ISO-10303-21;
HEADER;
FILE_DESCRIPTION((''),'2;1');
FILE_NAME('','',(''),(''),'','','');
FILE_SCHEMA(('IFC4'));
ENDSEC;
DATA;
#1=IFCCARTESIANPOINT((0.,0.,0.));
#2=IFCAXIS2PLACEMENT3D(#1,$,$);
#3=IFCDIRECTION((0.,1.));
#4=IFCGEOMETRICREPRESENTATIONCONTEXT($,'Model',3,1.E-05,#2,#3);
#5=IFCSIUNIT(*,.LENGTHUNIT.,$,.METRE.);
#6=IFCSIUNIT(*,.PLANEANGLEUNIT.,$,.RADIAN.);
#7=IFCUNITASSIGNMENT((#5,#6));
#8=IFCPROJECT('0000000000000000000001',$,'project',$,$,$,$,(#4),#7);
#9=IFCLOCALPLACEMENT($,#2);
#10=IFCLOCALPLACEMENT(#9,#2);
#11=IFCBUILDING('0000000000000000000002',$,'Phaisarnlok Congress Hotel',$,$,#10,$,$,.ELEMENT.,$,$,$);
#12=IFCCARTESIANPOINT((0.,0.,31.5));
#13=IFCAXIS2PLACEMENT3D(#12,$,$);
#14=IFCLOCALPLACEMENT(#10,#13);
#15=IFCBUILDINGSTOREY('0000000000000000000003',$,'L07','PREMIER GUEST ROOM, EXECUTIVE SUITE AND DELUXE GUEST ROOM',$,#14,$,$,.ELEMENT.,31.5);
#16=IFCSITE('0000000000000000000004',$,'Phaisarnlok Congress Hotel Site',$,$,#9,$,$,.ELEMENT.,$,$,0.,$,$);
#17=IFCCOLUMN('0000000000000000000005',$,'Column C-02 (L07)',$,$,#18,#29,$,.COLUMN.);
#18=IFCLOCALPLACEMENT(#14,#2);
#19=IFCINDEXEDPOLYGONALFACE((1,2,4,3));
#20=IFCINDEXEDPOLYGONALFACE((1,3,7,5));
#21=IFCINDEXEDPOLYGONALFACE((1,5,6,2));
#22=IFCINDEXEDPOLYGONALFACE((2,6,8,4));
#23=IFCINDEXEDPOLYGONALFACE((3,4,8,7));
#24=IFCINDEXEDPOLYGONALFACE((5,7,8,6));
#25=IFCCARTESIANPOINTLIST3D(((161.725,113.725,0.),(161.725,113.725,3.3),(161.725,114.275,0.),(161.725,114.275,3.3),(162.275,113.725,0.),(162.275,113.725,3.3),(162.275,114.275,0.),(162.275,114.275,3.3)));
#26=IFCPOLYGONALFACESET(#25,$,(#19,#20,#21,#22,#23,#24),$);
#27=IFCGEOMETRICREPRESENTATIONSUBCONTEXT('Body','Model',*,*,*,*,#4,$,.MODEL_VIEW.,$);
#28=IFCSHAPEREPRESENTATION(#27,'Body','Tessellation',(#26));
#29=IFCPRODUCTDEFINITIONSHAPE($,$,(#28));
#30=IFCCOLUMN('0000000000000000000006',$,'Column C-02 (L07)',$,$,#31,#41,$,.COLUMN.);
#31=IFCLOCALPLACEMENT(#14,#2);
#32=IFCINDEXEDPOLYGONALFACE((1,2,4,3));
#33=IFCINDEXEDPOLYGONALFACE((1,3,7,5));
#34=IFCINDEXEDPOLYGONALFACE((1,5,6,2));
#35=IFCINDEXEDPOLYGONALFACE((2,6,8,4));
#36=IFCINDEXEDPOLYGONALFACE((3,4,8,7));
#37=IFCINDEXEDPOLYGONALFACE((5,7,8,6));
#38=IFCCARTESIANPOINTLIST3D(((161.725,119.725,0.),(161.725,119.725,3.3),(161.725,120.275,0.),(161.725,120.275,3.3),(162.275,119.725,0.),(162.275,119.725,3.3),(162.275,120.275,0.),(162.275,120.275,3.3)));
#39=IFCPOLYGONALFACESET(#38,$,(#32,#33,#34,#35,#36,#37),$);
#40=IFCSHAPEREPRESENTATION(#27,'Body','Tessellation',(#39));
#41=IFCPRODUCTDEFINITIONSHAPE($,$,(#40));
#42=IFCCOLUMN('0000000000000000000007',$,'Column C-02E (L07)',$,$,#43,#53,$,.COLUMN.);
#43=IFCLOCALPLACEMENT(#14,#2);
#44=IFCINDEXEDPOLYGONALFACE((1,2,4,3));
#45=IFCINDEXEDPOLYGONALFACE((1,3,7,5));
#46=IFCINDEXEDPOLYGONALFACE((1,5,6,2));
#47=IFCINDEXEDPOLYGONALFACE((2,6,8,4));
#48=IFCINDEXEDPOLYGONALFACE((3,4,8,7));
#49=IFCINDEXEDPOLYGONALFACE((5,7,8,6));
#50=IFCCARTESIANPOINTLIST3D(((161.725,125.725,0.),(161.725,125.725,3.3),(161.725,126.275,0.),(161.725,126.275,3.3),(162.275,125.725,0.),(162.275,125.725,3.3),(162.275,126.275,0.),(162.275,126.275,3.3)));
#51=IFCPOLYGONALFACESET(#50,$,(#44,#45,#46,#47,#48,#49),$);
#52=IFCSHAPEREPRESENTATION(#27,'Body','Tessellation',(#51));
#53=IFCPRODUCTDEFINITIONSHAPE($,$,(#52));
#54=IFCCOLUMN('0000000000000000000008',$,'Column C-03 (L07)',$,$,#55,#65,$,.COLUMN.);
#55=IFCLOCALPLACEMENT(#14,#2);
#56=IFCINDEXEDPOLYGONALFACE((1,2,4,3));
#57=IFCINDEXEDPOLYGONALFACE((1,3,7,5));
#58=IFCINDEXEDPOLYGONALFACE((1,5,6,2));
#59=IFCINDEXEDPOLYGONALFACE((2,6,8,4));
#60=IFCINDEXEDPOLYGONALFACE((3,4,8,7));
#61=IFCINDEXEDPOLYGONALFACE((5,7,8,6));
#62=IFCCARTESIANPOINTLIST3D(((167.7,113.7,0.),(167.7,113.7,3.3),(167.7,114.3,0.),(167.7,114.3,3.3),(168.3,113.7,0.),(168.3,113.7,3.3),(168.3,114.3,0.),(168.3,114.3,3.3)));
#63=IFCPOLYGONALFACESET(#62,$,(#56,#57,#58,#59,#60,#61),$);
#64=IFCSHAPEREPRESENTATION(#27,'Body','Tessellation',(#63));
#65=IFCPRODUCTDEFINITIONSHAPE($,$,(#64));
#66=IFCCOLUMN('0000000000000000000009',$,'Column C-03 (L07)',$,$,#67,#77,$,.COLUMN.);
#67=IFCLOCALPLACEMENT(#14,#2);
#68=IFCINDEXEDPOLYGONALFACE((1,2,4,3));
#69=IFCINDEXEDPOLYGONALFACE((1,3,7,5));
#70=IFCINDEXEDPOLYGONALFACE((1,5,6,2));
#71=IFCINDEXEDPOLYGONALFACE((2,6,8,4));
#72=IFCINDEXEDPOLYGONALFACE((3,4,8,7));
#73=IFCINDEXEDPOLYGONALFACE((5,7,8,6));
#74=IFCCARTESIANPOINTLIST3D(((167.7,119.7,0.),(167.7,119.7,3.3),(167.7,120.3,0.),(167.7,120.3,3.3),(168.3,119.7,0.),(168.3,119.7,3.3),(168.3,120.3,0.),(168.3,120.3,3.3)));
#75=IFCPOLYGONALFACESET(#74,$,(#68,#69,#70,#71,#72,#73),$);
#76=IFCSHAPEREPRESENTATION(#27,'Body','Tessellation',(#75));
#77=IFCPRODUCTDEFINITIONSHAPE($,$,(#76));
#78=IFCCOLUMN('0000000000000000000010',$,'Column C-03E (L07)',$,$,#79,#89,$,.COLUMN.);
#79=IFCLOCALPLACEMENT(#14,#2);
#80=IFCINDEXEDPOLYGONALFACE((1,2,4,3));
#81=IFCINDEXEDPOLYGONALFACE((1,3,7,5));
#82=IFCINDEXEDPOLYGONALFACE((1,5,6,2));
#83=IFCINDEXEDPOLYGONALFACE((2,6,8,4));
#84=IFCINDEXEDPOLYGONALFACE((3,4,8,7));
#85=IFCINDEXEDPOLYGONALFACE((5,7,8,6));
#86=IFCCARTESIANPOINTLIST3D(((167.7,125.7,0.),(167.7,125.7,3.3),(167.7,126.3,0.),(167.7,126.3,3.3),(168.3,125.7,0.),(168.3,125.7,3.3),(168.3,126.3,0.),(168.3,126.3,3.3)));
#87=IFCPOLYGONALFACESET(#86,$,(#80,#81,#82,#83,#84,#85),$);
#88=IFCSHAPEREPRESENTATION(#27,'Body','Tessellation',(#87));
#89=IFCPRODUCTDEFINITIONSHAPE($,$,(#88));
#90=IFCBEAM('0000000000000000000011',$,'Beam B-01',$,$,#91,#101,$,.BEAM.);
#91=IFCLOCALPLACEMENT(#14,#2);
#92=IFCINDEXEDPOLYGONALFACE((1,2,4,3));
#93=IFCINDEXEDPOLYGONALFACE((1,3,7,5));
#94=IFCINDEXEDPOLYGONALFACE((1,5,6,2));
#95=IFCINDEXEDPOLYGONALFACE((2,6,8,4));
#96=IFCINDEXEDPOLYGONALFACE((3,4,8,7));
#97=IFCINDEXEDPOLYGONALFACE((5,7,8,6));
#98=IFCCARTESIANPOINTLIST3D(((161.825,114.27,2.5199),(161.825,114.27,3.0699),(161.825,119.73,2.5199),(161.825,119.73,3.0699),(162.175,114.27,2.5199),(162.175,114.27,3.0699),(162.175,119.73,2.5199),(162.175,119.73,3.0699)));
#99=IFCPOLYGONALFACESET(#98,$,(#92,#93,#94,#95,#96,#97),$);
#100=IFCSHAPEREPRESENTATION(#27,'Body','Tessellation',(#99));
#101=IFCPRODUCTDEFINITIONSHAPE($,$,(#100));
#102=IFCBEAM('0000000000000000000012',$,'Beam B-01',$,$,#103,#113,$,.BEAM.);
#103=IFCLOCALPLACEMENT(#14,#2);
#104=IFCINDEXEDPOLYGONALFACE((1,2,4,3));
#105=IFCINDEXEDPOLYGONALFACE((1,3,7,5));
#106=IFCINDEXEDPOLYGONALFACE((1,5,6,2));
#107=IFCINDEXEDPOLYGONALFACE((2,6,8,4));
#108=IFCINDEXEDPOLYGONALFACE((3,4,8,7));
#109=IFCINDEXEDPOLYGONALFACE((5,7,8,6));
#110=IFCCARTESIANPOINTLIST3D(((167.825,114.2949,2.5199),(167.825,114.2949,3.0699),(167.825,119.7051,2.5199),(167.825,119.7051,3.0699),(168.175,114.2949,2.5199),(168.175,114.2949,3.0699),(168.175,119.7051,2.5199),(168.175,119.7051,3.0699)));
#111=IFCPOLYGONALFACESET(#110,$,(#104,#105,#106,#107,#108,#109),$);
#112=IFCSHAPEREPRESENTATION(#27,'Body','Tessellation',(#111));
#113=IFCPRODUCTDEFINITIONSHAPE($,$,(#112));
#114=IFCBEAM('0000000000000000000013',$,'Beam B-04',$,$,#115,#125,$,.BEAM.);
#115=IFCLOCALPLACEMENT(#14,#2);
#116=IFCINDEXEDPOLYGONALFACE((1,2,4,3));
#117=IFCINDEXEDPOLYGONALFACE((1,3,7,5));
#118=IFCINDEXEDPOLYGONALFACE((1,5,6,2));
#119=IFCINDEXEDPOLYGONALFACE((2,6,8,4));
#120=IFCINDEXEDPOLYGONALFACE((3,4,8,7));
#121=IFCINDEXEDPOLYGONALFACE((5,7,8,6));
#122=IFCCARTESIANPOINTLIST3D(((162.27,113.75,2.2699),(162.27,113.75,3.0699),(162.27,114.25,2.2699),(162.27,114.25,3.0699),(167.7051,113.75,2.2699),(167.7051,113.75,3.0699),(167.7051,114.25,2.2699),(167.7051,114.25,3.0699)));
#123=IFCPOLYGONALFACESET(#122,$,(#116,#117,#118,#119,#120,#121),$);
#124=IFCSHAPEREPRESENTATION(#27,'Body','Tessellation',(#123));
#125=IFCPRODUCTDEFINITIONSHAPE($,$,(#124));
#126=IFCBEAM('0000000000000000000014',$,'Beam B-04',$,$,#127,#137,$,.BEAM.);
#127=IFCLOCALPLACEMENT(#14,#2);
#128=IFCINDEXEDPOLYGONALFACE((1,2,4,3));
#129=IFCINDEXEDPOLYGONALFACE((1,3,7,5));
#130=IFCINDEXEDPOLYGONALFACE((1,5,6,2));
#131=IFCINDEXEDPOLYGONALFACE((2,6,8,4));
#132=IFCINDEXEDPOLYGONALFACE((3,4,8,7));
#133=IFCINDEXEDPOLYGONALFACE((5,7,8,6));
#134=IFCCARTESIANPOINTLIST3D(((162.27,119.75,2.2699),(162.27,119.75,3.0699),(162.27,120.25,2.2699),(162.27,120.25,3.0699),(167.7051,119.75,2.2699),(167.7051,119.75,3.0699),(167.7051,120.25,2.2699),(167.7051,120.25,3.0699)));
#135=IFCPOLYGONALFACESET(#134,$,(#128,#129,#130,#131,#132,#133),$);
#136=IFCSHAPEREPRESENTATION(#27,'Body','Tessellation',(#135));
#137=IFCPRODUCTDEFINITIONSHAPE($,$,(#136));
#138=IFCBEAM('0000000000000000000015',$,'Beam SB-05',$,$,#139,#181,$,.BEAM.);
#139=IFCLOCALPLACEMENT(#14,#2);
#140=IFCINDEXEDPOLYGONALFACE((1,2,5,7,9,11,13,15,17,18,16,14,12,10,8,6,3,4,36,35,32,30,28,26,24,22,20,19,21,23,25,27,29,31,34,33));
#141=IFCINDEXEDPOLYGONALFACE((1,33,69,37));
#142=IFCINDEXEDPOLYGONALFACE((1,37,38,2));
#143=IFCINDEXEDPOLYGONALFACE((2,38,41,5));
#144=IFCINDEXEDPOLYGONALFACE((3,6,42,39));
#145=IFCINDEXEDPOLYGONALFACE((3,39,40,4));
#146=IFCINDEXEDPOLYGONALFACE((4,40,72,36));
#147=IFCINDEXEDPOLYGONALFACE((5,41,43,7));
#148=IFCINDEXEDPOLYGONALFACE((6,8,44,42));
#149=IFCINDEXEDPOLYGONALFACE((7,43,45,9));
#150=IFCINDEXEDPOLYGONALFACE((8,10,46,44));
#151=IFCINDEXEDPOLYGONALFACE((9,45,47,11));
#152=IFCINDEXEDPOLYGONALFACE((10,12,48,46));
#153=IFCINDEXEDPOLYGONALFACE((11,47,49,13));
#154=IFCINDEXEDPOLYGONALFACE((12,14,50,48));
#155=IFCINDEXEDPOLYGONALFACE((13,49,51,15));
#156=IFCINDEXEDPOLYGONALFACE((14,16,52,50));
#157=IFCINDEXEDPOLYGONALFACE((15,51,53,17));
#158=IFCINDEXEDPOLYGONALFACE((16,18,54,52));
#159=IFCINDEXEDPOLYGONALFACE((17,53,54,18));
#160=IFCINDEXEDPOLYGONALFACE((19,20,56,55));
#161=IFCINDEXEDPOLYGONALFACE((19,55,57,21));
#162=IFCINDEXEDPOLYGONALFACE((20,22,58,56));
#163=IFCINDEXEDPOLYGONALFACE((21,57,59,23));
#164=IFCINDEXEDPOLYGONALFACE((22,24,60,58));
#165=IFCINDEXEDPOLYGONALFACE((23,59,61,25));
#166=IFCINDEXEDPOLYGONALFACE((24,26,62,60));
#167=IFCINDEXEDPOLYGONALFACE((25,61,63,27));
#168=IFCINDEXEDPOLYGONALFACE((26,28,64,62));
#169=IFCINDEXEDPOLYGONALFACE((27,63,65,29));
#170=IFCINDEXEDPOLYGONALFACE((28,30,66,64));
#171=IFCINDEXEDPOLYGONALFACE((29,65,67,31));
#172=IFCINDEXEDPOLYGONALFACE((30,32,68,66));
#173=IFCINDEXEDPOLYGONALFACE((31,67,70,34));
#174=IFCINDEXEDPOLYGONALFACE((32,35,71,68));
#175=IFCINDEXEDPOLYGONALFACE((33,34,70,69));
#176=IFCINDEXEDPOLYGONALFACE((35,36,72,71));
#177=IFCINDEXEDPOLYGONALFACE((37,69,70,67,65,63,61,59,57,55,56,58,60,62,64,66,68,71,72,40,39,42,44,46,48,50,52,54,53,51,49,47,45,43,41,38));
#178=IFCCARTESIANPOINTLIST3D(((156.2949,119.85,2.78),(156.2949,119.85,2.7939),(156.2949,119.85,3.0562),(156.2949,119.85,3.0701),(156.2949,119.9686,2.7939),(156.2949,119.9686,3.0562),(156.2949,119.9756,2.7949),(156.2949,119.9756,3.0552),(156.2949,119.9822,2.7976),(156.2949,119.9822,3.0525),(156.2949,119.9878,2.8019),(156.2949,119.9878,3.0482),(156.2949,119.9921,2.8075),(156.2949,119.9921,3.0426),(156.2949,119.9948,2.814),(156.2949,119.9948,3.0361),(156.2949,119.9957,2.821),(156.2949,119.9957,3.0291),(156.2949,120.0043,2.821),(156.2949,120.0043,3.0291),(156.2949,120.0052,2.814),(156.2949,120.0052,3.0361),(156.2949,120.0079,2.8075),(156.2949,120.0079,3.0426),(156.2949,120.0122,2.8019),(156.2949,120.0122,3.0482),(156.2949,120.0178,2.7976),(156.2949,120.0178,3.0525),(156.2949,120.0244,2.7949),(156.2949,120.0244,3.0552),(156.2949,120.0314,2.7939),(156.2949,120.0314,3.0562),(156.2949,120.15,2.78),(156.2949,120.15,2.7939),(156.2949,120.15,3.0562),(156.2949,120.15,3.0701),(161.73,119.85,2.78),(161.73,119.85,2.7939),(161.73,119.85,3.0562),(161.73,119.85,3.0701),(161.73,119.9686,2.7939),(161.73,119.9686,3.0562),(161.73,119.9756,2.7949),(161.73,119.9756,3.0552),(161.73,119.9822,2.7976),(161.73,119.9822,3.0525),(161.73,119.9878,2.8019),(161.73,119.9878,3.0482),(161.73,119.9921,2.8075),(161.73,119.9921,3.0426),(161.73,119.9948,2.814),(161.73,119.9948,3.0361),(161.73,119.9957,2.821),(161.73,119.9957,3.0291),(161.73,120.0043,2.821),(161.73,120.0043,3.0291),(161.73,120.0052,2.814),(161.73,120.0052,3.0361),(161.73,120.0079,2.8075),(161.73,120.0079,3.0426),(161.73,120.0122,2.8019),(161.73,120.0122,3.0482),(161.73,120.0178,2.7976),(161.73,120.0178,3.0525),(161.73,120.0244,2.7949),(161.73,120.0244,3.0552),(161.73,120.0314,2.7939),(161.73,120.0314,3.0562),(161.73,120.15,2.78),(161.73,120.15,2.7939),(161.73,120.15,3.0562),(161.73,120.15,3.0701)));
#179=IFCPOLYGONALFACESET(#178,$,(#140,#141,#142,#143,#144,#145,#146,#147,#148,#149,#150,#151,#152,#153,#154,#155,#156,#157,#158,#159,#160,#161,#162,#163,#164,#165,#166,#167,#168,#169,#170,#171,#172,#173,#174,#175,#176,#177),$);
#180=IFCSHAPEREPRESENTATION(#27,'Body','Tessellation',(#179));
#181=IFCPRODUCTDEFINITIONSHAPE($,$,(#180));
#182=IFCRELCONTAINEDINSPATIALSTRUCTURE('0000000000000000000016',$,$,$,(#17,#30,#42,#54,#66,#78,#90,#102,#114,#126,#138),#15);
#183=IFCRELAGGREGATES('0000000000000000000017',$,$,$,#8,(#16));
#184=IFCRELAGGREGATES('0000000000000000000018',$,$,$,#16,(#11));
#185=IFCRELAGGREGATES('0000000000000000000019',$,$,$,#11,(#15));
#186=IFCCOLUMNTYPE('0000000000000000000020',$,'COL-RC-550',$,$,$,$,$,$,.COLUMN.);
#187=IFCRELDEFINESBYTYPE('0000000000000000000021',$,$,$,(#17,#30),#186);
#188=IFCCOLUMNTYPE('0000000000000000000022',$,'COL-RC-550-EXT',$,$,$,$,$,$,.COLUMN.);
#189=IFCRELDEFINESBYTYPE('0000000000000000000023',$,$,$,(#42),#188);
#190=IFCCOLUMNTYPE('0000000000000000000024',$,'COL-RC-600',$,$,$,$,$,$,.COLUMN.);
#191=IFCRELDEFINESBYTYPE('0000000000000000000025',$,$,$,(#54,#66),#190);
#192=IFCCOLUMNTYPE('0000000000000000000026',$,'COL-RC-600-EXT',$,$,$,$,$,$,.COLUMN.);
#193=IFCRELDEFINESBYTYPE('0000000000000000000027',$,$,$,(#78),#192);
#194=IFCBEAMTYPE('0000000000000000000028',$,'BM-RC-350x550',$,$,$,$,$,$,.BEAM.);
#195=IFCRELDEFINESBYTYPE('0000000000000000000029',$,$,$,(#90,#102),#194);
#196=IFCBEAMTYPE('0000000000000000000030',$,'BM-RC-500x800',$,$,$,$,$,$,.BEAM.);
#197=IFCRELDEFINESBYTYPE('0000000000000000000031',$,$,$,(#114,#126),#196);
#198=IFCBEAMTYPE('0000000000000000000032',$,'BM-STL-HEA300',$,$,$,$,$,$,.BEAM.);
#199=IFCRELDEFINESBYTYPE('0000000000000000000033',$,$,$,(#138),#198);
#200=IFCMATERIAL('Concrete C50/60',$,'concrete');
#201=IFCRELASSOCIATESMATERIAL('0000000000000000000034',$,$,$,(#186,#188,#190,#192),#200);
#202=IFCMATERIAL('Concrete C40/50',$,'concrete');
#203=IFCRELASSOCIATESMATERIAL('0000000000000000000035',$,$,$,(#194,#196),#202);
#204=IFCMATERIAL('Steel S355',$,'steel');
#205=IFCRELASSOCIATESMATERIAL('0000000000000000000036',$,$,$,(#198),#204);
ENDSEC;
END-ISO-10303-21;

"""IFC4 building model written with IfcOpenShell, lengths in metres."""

from ifc_helpers import new_model, si_unit, direction, frame, origin, origin_2d, place, context, subcontext, project, spatial, rectangle, i_section, extrude, material, material_profile, profile_set, type_object, element, save


model = new_model("IFC4")

# Units and contexts
model_context = context("Model", 3, precision=1e-05, world=origin(), true_north=direction((0.0, 1.0)))
body_context = subcontext(model_context, "Body", "Model", "MODEL_VIEW")
ifc_project = project(units=[si_unit("LENGTHUNIT", "METRE"), si_unit("PLANEANGLEUNIT", "RADIAN")], contexts=[model_context])

# Site, building, storey
site_placement = place(None, origin())
site = spatial("IfcSite", under=ifc_project, at=site_placement, Name="Phaisarnlok Congress Hotel Site", CompositionType="ELEMENT", RefElevation=0.0)
building_placement = place(site_placement, origin())
building = spatial("IfcBuilding", under=site, at=building_placement, Name="Phaisarnlok Congress Hotel", CompositionType="ELEMENT")
storey_placement = place(building_placement, frame((0.0, 0.0, 31.5)))
storey = spatial("IfcBuildingStorey", under=building, at=storey_placement, Name="L07", Description="PREMIER GUEST ROOM, EXECUTIVE SUITE AND DELUXE GUEST ROOM", CompositionType="ELEMENT", Elevation=31.5)

# Columns
ifc_material_1 = material(Name="Concrete C50/60", Category="concrete")
ifc_material_profile_1 = material_profile(ifc_material_1, rectangle(XDim=0.55, YDim=0.55, at=origin_2d()), Name="RC 550x550")
ifc_profile_set_1 = profile_set([ifc_material_profile_1], Name="Concrete C50/60")
column_type_1 = type_object("IfcColumnType", Name="COL-RC-550", PredefinedType="COLUMN", material=ifc_profile_set_1)
for number, where, z_axis, x_axis, name in (
    (1, (162.0, 114.0, 0.0), (0.0, 0.0, 1.0), (1.0, 0.0, 0.0), "Column C-02 (L07)"),
    (2, (162.0, 120.0, 0.0), (0.0, 0.0, 1.0), (1.0, 0.0, 0.0), "Column C-02 (L07)"),
):
    element("IfcColumn", number, at=place(storey_placement, frame(where, z_axis=z_axis, x_axis=x_axis)), inside=storey, type_object=column_type_1, Name=name, PredefinedType="COLUMN", context=body_context, shape_type="SweptSolid", body=[
        extrude(rectangle(XDim=0.55, YDim=0.55, at=origin_2d()), origin(), (0.0, 0.0, 1.0), 3.3),
    ])
ifc_material_profile_2 = material_profile(ifc_material_1, rectangle(XDim=0.55, YDim=0.55, at=origin_2d()), Name="RC 550x550")
ifc_profile_set_2 = profile_set([ifc_material_profile_2], Name="Concrete C50/60")
column_type_2 = type_object("IfcColumnType", Name="COL-RC-550-EXT", PredefinedType="COLUMN", material=ifc_profile_set_2)
column_1_placement = place(storey_placement, frame((162.0, 126.0, 0.0), z_axis=(0.0, 0.0, 1.0), x_axis=(1.0, 0.0, 0.0)))
element("IfcColumn", 3, at=column_1_placement, inside=storey, type_object=column_type_2, Name="Column C-02E (L07)", PredefinedType="COLUMN", context=body_context, shape_type="SweptSolid", body=[
    extrude(rectangle(XDim=0.55, YDim=0.55, at=origin_2d()), origin(), (0.0, 0.0, 1.0), 3.3),
])
ifc_material_profile_3 = material_profile(ifc_material_1, rectangle(XDim=0.6001, YDim=0.6001, at=origin_2d()), Name="RC 600x600")
ifc_profile_set_3 = profile_set([ifc_material_profile_3], Name="Concrete C50/60")
column_type_3 = type_object("IfcColumnType", Name="COL-RC-600", PredefinedType="COLUMN", material=ifc_profile_set_3)
for number, where, z_axis, x_axis, name in (
    (4, (168.0, 114.0, 0.0), (0.0, 0.0, 1.0), (1.0, 0.0, 0.0), "Column C-03 (L07)"),
    (5, (168.0, 120.0, 0.0), (0.0, 0.0, 1.0), (1.0, 0.0, 0.0), "Column C-03 (L07)"),
):
    element("IfcColumn", number, at=place(storey_placement, frame(where, z_axis=z_axis, x_axis=x_axis)), inside=storey, type_object=column_type_3, Name=name, PredefinedType="COLUMN", context=body_context, shape_type="SweptSolid", body=[
        extrude(rectangle(XDim=0.6001, YDim=0.6001, at=origin_2d()), origin(), (0.0, 0.0, 1.0), 3.3),
    ])
ifc_material_profile_4 = material_profile(ifc_material_1, rectangle(XDim=0.6001, YDim=0.6001, at=origin_2d()), Name="RC 600x600")
ifc_profile_set_4 = profile_set([ifc_material_profile_4], Name="Concrete C50/60")
column_type_4 = type_object("IfcColumnType", Name="COL-RC-600-EXT", PredefinedType="COLUMN", material=ifc_profile_set_4)
column_2_placement = place(storey_placement, frame((168.0, 126.0, 0.0), z_axis=(0.0, 0.0, 1.0), x_axis=(1.0, 0.0, 0.0)))
element("IfcColumn", 6, at=column_2_placement, inside=storey, type_object=column_type_4, Name="Column C-03E (L07)", PredefinedType="COLUMN", context=body_context, shape_type="SweptSolid", body=[
    extrude(rectangle(XDim=0.6001, YDim=0.6001, at=origin_2d()), origin(), (0.0, 0.0, 1.0), 3.3),
])

# Beams
ifc_material_2 = material(Name="Concrete C40/50", Category="concrete")
ifc_material_profile_5 = material_profile(ifc_material_2, rectangle(XDim=0.3501, YDim=0.55, at=origin_2d()), Name="RC 350x550")
ifc_profile_set_5 = profile_set([ifc_material_profile_5], Name="Concrete C40/50")
beam_type_1 = type_object("IfcBeamType", Name="BM-RC-350x550", PredefinedType="BEAM", material=ifc_profile_set_5)
beam_1_placement = place(storey_placement, frame((162.0, 114.27, 2.7949), z_axis=(0.0, 1.0, 0.0), x_axis=(-1.0, 0.0, 0.0)))
element("IfcBeam", 7, at=beam_1_placement, inside=storey, type_object=beam_type_1, Name="Beam B-01", PredefinedType="BEAM", context=body_context, shape_type="SweptSolid", body=[
    extrude(rectangle(XDim=0.3501, YDim=0.55, at=origin_2d()), origin(), (0.0, 0.0, 1.0), 5.46),
])
beam_2_placement = place(storey_placement, frame((168.0, 114.2949, 2.7949), z_axis=(0.0, 1.0, 0.0), x_axis=(-1.0, 0.0, 0.0)))
element("IfcBeam", 8, at=beam_2_placement, inside=storey, type_object=beam_type_1, Name="Beam B-01", PredefinedType="BEAM", context=body_context, shape_type="SweptSolid", body=[
    extrude(rectangle(XDim=0.3501, YDim=0.55, at=origin_2d()), origin(), (0.0, 0.0, 1.0), 5.4102),
])
ifc_material_profile_6 = material_profile(ifc_material_2, rectangle(XDim=0.5, YDim=0.8, at=origin_2d()), Name="RC 500x800")
ifc_profile_set_6 = profile_set([ifc_material_profile_6], Name="Concrete C40/50")
beam_type_2 = type_object("IfcBeamType", Name="BM-RC-500x800", PredefinedType="BEAM", material=ifc_profile_set_6)
for number, where, z_axis, x_axis, name in (
    (9, (162.27, 114.0, 2.6699), (1.0, 0.0, 0.0), (0.0, 1.0, 0.0), "Beam B-04"),
    (10, (162.27, 120.0, 2.6699), (1.0, 0.0, 0.0), (0.0, 1.0, 0.0), "Beam B-04"),
):
    element("IfcBeam", number, at=place(storey_placement, frame(where, z_axis=z_axis, x_axis=x_axis)), inside=storey, type_object=beam_type_2, Name=name, PredefinedType="BEAM", context=body_context, shape_type="SweptSolid", body=[
        extrude(rectangle(XDim=0.5, YDim=0.8, at=origin_2d()), origin(), (0.0, 0.0, 1.0), 5.4351),
    ])
ifc_material_3 = material(Name="Steel S355", Category="steel")
ifc_material_profile_7 = material_profile(ifc_material_3, i_section(OverallWidth=0.3, OverallDepth=0.29, WebThickness=0.0085, FlangeThickness=0.0139, FilletRadius=0.0271, at=origin_2d()), Name="HEA 300")
ifc_profile_set_7 = profile_set([ifc_material_profile_7], Name="Steel S355")
beam_type_3 = type_object("IfcBeamType", Name="BM-STL-HEA300", PredefinedType="BEAM", material=ifc_profile_set_7)
beam_3_placement = place(storey_placement, frame((156.2949, 120.0, 2.925), z_axis=(1.0, 0.0, 0.0), x_axis=(0.0, 1.0, 0.0)))
element("IfcBeam", 11, at=beam_3_placement, inside=storey, type_object=beam_type_3, Name="Beam SB-05", PredefinedType="BEAM", context=body_context, shape_type="SweptSolid", body=[
    extrude(i_section(OverallWidth=0.3, OverallDepth=0.29, WebThickness=0.0085, FlangeThickness=0.0139, FilletRadius=0.0271, at=origin_2d()), origin(), (0.0, 0.0, 1.0), 5.4351),
])

save(model, "model.ifc")
